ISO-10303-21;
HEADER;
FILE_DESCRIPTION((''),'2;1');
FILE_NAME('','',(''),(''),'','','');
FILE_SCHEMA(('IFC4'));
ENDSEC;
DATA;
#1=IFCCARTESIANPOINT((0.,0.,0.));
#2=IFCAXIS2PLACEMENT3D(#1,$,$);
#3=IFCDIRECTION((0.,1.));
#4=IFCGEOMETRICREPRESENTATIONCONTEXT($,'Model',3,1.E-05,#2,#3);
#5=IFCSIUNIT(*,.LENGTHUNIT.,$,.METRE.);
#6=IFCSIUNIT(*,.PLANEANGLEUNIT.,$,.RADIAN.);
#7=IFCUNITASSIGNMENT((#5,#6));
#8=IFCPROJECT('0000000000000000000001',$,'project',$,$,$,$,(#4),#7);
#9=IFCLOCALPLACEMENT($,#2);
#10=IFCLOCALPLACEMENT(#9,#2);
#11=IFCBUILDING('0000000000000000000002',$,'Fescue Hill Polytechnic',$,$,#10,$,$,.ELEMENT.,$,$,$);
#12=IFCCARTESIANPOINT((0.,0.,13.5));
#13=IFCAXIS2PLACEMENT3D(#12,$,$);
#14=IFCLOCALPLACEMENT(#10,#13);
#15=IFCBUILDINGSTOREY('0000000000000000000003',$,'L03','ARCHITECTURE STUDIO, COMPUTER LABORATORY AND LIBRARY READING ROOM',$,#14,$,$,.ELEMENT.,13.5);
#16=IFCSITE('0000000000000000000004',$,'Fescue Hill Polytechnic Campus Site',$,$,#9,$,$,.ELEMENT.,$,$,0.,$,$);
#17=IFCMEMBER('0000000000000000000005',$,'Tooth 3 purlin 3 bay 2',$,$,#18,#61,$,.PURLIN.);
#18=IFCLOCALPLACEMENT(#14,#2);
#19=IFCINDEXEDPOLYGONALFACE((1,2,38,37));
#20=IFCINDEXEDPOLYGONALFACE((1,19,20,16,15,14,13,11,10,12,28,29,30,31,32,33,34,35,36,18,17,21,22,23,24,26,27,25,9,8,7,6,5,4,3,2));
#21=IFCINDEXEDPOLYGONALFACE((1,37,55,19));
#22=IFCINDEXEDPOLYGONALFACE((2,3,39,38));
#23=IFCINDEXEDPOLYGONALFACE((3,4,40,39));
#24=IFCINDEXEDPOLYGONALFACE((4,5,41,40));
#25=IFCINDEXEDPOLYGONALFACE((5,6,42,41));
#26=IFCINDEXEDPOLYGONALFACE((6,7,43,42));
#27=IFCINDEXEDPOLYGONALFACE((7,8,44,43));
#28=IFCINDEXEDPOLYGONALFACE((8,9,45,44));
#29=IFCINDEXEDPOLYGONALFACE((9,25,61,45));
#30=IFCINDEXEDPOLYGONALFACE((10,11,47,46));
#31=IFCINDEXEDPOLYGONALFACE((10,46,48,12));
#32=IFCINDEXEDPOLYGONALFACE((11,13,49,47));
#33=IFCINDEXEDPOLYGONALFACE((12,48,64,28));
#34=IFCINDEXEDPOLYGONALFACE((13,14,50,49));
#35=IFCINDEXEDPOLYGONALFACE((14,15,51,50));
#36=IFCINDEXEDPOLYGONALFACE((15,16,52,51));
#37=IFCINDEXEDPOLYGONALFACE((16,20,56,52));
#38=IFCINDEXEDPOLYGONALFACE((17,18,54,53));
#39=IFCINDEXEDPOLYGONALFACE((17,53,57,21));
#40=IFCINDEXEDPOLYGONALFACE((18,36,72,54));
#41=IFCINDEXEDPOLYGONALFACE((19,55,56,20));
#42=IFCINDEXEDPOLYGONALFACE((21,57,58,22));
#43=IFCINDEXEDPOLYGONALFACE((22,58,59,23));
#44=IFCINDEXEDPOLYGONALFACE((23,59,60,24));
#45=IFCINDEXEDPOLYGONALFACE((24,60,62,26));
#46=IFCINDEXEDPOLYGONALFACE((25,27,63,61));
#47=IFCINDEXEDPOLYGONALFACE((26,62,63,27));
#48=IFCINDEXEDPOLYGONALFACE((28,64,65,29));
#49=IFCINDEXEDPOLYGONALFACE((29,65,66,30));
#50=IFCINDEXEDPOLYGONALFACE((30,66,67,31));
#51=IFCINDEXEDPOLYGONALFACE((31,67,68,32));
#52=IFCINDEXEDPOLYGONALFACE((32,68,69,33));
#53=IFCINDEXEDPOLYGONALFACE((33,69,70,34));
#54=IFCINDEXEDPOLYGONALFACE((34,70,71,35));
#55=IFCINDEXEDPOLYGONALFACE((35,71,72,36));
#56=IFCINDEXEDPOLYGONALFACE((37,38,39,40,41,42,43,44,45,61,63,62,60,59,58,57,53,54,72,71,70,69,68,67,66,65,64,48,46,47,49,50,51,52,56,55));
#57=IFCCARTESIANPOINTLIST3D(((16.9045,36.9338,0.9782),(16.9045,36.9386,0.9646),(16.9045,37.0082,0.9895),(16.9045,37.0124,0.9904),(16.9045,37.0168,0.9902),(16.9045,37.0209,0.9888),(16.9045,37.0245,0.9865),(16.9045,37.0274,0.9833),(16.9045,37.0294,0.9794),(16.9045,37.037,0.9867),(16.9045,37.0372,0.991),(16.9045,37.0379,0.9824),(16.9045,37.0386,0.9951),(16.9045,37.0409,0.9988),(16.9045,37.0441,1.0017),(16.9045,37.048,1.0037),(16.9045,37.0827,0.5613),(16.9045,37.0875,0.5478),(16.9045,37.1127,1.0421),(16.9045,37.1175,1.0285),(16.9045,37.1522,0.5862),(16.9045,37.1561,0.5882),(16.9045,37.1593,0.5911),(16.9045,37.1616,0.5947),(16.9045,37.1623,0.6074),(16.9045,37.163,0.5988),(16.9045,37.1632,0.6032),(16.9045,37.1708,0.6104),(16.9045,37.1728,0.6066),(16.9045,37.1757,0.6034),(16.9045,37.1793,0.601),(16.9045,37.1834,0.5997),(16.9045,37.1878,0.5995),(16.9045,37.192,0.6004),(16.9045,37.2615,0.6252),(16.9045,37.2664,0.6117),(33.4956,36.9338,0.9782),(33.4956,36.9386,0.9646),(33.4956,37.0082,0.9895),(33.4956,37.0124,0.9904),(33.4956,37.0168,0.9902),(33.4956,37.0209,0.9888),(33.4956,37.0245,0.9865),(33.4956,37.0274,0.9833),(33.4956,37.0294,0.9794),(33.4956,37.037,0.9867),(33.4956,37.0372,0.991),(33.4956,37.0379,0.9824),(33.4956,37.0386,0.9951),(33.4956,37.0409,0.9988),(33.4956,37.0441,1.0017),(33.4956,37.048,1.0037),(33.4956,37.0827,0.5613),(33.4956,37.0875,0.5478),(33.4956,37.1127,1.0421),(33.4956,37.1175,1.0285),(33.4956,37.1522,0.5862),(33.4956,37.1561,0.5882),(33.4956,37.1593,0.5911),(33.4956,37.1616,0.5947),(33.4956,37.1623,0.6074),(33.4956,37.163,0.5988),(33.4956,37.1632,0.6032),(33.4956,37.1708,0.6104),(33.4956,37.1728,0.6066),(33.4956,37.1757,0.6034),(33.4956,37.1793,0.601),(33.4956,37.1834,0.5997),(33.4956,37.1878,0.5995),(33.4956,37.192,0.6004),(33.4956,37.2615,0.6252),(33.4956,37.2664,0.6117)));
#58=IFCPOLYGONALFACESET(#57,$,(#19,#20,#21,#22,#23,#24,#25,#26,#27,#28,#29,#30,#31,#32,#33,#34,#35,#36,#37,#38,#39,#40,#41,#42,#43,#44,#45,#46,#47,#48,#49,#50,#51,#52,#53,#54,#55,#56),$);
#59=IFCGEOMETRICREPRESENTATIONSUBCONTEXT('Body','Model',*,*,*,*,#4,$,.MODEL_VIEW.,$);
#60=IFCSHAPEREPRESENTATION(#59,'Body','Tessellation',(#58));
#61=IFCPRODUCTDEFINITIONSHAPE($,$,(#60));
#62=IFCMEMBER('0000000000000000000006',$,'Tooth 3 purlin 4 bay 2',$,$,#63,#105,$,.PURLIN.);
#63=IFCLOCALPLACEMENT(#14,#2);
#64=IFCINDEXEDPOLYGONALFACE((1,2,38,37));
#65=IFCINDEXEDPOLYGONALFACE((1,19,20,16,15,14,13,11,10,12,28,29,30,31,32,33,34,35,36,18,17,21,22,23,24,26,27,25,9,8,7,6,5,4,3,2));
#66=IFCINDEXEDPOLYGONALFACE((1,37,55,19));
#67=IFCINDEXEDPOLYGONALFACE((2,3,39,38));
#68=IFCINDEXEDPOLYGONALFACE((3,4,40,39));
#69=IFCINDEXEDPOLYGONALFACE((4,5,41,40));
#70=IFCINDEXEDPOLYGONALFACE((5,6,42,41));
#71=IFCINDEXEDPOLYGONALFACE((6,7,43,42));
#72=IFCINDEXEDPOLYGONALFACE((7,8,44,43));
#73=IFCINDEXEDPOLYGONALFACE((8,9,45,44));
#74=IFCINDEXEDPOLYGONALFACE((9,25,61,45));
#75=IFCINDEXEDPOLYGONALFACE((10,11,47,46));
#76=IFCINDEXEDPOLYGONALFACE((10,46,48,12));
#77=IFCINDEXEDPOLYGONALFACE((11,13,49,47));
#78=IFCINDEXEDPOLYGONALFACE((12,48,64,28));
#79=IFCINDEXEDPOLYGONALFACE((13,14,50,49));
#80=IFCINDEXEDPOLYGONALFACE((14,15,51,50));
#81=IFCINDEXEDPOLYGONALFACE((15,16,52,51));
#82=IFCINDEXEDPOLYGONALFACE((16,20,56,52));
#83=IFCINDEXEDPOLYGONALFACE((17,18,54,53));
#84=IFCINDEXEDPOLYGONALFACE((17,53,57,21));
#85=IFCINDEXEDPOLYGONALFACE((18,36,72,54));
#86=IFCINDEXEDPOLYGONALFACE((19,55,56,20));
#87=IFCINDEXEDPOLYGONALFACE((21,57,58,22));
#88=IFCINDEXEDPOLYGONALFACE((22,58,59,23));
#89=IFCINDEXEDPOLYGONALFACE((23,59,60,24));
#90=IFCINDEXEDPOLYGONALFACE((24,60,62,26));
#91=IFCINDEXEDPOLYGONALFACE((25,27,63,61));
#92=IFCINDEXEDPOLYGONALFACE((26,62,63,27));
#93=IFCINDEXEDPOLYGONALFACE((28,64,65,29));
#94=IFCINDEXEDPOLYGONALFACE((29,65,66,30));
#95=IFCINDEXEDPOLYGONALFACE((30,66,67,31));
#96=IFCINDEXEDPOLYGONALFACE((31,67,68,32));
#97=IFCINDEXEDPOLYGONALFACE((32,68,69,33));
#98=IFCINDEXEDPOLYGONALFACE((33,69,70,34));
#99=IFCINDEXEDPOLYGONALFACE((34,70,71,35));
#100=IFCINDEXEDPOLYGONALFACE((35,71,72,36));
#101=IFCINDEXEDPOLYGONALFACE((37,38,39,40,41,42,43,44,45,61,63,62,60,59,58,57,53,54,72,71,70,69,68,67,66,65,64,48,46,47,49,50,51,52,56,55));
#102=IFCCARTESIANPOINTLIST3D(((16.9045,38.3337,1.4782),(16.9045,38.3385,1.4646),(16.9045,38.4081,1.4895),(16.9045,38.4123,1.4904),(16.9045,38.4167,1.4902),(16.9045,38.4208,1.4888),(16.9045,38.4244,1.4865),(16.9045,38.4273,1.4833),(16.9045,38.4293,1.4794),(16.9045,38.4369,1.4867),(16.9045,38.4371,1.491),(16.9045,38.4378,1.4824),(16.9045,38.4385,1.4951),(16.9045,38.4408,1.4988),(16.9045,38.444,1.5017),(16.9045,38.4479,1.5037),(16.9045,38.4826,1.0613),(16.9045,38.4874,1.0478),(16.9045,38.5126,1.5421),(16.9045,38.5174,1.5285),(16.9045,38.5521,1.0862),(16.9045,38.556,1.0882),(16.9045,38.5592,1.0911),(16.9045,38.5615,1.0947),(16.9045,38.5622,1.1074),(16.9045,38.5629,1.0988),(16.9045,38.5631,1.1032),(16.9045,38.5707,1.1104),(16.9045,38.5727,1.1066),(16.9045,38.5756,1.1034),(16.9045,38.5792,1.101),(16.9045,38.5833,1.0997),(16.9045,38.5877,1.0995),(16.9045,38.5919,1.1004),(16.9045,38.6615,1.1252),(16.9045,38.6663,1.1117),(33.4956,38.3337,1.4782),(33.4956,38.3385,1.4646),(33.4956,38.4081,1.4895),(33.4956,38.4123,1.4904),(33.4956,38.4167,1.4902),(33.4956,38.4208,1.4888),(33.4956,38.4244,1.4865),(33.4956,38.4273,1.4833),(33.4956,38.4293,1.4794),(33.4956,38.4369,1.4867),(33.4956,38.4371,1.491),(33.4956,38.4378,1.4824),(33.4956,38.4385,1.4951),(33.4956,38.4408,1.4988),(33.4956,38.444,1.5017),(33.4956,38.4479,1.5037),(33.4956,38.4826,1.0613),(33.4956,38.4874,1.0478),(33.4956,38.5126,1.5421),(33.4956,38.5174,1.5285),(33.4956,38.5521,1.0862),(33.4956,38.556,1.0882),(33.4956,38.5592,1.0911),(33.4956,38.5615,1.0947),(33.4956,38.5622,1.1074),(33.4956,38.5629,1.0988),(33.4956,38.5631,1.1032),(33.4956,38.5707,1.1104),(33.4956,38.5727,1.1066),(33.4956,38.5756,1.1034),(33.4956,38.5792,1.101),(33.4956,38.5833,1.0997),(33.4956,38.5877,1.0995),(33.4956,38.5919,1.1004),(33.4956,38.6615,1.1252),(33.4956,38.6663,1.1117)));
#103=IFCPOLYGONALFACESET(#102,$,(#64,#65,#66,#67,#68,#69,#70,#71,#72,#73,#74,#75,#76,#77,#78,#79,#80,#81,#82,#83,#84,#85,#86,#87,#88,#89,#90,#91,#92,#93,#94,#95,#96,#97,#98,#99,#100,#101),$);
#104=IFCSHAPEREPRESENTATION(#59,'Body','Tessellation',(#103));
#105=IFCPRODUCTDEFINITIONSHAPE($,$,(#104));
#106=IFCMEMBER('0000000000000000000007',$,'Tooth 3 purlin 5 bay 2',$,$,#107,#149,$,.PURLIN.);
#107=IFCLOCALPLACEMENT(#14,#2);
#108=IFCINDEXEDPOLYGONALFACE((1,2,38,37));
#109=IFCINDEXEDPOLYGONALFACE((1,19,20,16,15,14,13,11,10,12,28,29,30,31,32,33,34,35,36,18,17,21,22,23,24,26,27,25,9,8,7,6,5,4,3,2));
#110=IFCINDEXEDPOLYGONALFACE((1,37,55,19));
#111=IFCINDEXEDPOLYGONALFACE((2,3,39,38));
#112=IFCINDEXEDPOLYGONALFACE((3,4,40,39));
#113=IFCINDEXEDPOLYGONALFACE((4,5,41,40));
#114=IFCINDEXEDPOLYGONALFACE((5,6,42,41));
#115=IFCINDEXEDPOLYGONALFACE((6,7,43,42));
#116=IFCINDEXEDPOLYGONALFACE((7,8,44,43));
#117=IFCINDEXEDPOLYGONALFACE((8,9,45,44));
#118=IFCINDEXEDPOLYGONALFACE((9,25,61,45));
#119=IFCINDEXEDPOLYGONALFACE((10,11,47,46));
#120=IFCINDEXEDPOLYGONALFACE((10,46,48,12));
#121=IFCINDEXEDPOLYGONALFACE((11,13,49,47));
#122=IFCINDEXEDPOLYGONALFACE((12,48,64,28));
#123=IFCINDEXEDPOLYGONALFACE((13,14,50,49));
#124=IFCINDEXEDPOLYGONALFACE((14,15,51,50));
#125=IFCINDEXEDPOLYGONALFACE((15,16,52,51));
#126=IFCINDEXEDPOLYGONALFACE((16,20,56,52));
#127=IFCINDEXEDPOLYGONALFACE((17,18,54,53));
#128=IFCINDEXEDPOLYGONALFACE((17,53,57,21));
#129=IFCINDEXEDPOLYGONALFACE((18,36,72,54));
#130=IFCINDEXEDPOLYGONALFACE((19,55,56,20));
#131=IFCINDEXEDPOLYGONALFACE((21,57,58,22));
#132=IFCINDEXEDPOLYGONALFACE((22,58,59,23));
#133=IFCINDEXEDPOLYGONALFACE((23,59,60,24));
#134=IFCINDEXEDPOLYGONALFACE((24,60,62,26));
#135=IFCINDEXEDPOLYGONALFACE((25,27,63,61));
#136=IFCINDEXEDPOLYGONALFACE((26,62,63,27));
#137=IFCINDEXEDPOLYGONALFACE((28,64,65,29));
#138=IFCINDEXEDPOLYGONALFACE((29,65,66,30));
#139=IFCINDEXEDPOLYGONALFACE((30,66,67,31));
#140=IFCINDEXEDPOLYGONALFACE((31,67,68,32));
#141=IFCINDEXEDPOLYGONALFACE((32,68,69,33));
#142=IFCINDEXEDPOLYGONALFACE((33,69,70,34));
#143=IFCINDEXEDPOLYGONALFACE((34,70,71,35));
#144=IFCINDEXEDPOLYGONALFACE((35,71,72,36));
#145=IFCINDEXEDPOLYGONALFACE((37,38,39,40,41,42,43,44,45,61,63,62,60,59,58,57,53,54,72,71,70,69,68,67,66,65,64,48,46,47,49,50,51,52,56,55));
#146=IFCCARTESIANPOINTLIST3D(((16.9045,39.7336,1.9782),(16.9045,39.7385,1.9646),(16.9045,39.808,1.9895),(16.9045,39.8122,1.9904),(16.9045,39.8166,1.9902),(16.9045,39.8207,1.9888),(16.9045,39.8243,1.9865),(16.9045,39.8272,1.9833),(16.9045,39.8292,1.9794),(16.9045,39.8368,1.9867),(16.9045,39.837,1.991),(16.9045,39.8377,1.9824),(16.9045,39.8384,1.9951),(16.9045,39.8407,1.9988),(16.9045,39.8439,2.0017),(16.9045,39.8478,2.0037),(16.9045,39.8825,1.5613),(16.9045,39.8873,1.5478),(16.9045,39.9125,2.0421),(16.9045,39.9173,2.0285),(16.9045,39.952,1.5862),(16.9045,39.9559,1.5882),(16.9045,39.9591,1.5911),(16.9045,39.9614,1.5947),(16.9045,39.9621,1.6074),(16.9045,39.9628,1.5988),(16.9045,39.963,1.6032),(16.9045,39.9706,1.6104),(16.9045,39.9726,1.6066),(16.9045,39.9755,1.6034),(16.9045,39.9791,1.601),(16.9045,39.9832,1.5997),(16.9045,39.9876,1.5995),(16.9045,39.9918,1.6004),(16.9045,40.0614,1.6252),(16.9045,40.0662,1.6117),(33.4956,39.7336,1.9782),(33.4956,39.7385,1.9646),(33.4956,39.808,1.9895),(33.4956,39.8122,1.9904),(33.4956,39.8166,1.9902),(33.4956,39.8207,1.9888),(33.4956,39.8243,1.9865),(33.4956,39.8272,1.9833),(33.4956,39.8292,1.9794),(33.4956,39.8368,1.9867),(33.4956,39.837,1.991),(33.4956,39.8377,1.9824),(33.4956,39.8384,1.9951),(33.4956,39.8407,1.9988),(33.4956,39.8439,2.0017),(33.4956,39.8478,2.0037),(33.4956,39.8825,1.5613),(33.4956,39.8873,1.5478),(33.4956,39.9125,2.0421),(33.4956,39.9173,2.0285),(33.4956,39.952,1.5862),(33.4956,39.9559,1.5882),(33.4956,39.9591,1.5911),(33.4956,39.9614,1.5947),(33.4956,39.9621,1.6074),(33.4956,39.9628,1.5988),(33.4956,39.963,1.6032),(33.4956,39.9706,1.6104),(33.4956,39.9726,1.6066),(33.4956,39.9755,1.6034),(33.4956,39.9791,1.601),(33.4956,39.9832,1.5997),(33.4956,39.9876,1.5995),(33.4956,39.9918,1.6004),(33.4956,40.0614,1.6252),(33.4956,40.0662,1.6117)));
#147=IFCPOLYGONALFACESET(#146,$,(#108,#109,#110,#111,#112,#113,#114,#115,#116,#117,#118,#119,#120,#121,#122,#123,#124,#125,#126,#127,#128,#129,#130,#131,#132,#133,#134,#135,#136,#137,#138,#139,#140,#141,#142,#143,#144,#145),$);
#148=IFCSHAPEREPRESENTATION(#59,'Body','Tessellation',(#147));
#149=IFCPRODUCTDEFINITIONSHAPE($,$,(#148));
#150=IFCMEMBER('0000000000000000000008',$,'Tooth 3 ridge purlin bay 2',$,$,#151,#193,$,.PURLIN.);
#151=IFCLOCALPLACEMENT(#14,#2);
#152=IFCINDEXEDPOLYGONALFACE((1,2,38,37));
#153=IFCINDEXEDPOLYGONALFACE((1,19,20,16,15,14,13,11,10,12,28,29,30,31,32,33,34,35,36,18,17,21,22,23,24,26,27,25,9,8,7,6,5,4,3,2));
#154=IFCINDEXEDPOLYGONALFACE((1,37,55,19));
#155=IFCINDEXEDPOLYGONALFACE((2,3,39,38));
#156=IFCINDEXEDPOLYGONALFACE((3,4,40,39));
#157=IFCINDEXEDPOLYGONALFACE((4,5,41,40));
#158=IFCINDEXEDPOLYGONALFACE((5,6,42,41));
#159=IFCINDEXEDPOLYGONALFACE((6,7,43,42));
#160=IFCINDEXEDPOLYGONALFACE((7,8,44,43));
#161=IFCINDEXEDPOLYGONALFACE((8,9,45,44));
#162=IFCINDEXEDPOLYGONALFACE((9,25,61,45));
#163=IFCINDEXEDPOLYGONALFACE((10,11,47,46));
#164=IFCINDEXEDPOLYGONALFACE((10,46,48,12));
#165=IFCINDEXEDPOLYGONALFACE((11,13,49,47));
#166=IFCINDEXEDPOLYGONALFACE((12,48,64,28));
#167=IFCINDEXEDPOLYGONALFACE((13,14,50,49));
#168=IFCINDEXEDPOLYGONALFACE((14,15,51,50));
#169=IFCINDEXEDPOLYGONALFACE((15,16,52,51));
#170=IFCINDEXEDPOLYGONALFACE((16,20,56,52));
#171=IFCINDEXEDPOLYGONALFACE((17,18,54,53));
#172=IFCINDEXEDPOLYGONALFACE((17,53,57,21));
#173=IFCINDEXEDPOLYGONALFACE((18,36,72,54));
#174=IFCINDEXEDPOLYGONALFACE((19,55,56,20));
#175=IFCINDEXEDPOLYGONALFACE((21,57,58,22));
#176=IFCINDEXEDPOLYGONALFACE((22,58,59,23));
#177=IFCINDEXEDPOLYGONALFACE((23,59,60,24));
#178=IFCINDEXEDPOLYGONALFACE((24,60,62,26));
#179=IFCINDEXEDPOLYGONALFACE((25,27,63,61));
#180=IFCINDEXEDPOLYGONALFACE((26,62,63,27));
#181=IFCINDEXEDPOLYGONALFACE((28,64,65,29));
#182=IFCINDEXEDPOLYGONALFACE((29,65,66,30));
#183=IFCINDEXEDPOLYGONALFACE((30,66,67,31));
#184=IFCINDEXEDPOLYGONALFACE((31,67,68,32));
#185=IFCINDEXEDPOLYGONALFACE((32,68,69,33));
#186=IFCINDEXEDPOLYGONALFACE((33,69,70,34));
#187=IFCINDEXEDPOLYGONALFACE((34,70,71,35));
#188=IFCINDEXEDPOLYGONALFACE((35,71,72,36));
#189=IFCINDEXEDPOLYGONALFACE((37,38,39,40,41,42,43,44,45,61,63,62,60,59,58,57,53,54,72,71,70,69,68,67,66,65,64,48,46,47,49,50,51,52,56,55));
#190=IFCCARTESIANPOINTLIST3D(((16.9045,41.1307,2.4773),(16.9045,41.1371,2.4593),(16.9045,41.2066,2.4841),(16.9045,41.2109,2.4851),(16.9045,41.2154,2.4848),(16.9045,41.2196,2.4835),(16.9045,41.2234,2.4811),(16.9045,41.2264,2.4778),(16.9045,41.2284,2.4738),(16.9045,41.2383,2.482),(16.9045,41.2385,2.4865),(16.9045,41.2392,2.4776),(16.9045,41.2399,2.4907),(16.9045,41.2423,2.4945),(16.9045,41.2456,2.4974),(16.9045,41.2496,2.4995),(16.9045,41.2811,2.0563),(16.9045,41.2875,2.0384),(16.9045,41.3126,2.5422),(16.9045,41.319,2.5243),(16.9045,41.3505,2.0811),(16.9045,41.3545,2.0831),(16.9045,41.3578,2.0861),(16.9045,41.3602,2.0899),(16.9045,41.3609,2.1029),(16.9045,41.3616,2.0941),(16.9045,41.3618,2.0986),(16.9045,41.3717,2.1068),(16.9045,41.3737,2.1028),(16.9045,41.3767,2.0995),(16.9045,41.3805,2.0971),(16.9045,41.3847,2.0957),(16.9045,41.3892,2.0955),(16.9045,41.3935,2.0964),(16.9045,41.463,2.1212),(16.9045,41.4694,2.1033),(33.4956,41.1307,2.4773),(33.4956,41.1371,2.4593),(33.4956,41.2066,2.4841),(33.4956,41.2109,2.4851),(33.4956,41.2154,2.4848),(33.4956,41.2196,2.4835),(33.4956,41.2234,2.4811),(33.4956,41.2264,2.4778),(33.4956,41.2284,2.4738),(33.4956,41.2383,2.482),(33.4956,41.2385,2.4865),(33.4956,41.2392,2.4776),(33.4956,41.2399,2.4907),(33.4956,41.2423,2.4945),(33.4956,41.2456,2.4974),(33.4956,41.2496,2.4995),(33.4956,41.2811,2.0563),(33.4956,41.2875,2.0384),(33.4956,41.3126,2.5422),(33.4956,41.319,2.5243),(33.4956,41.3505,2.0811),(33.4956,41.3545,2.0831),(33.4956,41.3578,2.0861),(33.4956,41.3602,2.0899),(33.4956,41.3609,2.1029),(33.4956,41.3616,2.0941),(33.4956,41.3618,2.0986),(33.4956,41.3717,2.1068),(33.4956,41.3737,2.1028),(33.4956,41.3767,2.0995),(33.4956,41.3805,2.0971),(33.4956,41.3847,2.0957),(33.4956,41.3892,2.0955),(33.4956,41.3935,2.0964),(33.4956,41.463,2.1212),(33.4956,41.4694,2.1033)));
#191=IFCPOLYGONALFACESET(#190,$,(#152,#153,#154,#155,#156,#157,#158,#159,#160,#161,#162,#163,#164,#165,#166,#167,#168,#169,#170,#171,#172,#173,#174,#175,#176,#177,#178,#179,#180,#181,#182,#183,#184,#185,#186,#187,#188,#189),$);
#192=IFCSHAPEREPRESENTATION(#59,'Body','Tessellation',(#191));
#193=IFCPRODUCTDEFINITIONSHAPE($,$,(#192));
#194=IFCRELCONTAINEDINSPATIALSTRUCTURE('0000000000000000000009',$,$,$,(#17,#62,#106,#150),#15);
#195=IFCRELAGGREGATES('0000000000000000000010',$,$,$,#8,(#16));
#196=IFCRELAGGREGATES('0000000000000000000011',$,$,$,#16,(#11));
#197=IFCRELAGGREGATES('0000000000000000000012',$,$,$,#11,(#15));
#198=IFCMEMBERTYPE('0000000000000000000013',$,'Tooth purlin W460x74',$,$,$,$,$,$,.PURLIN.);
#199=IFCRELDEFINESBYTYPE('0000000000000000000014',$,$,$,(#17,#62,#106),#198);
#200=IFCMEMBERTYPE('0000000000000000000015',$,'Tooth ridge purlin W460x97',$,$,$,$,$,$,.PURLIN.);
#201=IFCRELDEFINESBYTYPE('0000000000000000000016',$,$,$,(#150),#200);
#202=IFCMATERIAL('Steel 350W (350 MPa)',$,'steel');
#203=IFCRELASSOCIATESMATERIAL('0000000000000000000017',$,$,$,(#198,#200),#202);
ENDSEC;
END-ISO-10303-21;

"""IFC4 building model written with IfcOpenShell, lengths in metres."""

from ifc_helpers import new_model, si_unit, direction, frame, origin, origin_2d, place, context, subcontext, project, spatial, i_section, extrude, material, material_profile, profile_set, type_object, element, save


model = new_model("IFC4")

# Units and contexts
model_context = context("Model", 3, precision=1e-05, world=origin(), true_north=direction((0.0, 1.0)))
body_context = subcontext(model_context, "Body", "Model", "MODEL_VIEW")
ifc_project = project(units=[si_unit("LENGTHUNIT", "METRE"), si_unit("PLANEANGLEUNIT", "RADIAN")], contexts=[model_context])

# Site, building, storey
site_placement = place(None, origin())
site = spatial("IfcSite", under=ifc_project, at=site_placement, Name="Fescue Hill Polytechnic Campus Site", CompositionType="ELEMENT", RefElevation=0.0)
building_placement = place(site_placement, origin())
building = spatial("IfcBuilding", under=site, at=building_placement, Name="Fescue Hill Polytechnic", CompositionType="ELEMENT")
storey_placement = place(building_placement, frame((0.0, 0.0, 13.5)))
storey = spatial("IfcBuildingStorey", under=building, at=storey_placement, Name="L03", Description="ARCHITECTURE STUDIO, COMPUTER LABORATORY AND LIBRARY READING ROOM", CompositionType="ELEMENT", Elevation=13.5)

# Members
ifc_material_1 = material(Name="Steel 350W (350 MPa)", Category="steel")
ifc_material_profile_1 = material_profile(ifc_material_1, i_section(OverallWidth=0.1899, OverallDepth=0.457, WebThickness=0.009, FlangeThickness=0.0144, FilletRadius=0.0166, at=origin_2d()), Name="W460x74")
ifc_profile_set_1 = profile_set([ifc_material_profile_1], Name="Steel 350W (350 MPa)")
member_type_1 = type_object("IfcMemberType", Name="Tooth purlin W460x74", PredefinedType="PURLIN", material=ifc_profile_set_1)
for number, where, z_axis, x_axis, name in (
    (1, (16.9045, 37.1001, 0.7949), (1.0, 0.0, 0.0), (0.0, 0.941742, 0.336336), "Tooth 3 purlin 3 bay 2"),
    (2, (16.9045, 38.5, 1.2949), (1.0, 0.0, 0.0), (0.0, 0.941742, 0.336336), "Tooth 3 purlin 4 bay 2"),
    (3, (16.9045, 39.8999, 1.7949), (1.0, 0.0, 0.0), (0.0, 0.941742, 0.336336), "Tooth 3 purlin 5 bay 2"),
):
    element("IfcMember", number, at=place(storey_placement, frame(where, z_axis=z_axis, x_axis=x_axis)), inside=storey, type_object=member_type_1, Name=name, PredefinedType="PURLIN", context=body_context, shape_type="SweptSolid", body=[
        extrude(i_section(OverallWidth=0.1899, OverallDepth=0.457, WebThickness=0.009, FlangeThickness=0.0144, FilletRadius=0.0166, at=origin_2d()), origin(), (0.0, 0.0, 1.0), 16.5911),
    ])
ifc_material_profile_2 = material_profile(ifc_material_1, i_section(OverallWidth=0.1931, OverallDepth=0.4661, WebThickness=0.0115, FlangeThickness=0.019, FilletRadius=0.0171, at=origin_2d()), Name="W460x97")
ifc_profile_set_2 = profile_set([ifc_material_profile_2], Name="Steel 350W (350 MPa)")
member_type_2 = type_object("IfcMemberType", Name="Tooth ridge purlin W460x97", PredefinedType="PURLIN", material=ifc_profile_set_2)
member_1_placement = place(storey_placement, frame((16.9045, 41.3, 2.2903), z_axis=(1.0, 0.0, 0.0), x_axis=(0.0, 0.941742, 0.336336)))
element("IfcMember", 4, at=member_1_placement, inside=storey, type_object=member_type_2, Name="Tooth 3 ridge purlin bay 2", PredefinedType="PURLIN", context=body_context, shape_type="SweptSolid", body=[
    extrude(i_section(OverallWidth=0.1931, OverallDepth=0.4661, WebThickness=0.0115, FlangeThickness=0.019, FilletRadius=0.0171, at=origin_2d()), origin(), (0.0, 0.0, 1.0), 16.5911),
])

save(model, "model.ifc")
